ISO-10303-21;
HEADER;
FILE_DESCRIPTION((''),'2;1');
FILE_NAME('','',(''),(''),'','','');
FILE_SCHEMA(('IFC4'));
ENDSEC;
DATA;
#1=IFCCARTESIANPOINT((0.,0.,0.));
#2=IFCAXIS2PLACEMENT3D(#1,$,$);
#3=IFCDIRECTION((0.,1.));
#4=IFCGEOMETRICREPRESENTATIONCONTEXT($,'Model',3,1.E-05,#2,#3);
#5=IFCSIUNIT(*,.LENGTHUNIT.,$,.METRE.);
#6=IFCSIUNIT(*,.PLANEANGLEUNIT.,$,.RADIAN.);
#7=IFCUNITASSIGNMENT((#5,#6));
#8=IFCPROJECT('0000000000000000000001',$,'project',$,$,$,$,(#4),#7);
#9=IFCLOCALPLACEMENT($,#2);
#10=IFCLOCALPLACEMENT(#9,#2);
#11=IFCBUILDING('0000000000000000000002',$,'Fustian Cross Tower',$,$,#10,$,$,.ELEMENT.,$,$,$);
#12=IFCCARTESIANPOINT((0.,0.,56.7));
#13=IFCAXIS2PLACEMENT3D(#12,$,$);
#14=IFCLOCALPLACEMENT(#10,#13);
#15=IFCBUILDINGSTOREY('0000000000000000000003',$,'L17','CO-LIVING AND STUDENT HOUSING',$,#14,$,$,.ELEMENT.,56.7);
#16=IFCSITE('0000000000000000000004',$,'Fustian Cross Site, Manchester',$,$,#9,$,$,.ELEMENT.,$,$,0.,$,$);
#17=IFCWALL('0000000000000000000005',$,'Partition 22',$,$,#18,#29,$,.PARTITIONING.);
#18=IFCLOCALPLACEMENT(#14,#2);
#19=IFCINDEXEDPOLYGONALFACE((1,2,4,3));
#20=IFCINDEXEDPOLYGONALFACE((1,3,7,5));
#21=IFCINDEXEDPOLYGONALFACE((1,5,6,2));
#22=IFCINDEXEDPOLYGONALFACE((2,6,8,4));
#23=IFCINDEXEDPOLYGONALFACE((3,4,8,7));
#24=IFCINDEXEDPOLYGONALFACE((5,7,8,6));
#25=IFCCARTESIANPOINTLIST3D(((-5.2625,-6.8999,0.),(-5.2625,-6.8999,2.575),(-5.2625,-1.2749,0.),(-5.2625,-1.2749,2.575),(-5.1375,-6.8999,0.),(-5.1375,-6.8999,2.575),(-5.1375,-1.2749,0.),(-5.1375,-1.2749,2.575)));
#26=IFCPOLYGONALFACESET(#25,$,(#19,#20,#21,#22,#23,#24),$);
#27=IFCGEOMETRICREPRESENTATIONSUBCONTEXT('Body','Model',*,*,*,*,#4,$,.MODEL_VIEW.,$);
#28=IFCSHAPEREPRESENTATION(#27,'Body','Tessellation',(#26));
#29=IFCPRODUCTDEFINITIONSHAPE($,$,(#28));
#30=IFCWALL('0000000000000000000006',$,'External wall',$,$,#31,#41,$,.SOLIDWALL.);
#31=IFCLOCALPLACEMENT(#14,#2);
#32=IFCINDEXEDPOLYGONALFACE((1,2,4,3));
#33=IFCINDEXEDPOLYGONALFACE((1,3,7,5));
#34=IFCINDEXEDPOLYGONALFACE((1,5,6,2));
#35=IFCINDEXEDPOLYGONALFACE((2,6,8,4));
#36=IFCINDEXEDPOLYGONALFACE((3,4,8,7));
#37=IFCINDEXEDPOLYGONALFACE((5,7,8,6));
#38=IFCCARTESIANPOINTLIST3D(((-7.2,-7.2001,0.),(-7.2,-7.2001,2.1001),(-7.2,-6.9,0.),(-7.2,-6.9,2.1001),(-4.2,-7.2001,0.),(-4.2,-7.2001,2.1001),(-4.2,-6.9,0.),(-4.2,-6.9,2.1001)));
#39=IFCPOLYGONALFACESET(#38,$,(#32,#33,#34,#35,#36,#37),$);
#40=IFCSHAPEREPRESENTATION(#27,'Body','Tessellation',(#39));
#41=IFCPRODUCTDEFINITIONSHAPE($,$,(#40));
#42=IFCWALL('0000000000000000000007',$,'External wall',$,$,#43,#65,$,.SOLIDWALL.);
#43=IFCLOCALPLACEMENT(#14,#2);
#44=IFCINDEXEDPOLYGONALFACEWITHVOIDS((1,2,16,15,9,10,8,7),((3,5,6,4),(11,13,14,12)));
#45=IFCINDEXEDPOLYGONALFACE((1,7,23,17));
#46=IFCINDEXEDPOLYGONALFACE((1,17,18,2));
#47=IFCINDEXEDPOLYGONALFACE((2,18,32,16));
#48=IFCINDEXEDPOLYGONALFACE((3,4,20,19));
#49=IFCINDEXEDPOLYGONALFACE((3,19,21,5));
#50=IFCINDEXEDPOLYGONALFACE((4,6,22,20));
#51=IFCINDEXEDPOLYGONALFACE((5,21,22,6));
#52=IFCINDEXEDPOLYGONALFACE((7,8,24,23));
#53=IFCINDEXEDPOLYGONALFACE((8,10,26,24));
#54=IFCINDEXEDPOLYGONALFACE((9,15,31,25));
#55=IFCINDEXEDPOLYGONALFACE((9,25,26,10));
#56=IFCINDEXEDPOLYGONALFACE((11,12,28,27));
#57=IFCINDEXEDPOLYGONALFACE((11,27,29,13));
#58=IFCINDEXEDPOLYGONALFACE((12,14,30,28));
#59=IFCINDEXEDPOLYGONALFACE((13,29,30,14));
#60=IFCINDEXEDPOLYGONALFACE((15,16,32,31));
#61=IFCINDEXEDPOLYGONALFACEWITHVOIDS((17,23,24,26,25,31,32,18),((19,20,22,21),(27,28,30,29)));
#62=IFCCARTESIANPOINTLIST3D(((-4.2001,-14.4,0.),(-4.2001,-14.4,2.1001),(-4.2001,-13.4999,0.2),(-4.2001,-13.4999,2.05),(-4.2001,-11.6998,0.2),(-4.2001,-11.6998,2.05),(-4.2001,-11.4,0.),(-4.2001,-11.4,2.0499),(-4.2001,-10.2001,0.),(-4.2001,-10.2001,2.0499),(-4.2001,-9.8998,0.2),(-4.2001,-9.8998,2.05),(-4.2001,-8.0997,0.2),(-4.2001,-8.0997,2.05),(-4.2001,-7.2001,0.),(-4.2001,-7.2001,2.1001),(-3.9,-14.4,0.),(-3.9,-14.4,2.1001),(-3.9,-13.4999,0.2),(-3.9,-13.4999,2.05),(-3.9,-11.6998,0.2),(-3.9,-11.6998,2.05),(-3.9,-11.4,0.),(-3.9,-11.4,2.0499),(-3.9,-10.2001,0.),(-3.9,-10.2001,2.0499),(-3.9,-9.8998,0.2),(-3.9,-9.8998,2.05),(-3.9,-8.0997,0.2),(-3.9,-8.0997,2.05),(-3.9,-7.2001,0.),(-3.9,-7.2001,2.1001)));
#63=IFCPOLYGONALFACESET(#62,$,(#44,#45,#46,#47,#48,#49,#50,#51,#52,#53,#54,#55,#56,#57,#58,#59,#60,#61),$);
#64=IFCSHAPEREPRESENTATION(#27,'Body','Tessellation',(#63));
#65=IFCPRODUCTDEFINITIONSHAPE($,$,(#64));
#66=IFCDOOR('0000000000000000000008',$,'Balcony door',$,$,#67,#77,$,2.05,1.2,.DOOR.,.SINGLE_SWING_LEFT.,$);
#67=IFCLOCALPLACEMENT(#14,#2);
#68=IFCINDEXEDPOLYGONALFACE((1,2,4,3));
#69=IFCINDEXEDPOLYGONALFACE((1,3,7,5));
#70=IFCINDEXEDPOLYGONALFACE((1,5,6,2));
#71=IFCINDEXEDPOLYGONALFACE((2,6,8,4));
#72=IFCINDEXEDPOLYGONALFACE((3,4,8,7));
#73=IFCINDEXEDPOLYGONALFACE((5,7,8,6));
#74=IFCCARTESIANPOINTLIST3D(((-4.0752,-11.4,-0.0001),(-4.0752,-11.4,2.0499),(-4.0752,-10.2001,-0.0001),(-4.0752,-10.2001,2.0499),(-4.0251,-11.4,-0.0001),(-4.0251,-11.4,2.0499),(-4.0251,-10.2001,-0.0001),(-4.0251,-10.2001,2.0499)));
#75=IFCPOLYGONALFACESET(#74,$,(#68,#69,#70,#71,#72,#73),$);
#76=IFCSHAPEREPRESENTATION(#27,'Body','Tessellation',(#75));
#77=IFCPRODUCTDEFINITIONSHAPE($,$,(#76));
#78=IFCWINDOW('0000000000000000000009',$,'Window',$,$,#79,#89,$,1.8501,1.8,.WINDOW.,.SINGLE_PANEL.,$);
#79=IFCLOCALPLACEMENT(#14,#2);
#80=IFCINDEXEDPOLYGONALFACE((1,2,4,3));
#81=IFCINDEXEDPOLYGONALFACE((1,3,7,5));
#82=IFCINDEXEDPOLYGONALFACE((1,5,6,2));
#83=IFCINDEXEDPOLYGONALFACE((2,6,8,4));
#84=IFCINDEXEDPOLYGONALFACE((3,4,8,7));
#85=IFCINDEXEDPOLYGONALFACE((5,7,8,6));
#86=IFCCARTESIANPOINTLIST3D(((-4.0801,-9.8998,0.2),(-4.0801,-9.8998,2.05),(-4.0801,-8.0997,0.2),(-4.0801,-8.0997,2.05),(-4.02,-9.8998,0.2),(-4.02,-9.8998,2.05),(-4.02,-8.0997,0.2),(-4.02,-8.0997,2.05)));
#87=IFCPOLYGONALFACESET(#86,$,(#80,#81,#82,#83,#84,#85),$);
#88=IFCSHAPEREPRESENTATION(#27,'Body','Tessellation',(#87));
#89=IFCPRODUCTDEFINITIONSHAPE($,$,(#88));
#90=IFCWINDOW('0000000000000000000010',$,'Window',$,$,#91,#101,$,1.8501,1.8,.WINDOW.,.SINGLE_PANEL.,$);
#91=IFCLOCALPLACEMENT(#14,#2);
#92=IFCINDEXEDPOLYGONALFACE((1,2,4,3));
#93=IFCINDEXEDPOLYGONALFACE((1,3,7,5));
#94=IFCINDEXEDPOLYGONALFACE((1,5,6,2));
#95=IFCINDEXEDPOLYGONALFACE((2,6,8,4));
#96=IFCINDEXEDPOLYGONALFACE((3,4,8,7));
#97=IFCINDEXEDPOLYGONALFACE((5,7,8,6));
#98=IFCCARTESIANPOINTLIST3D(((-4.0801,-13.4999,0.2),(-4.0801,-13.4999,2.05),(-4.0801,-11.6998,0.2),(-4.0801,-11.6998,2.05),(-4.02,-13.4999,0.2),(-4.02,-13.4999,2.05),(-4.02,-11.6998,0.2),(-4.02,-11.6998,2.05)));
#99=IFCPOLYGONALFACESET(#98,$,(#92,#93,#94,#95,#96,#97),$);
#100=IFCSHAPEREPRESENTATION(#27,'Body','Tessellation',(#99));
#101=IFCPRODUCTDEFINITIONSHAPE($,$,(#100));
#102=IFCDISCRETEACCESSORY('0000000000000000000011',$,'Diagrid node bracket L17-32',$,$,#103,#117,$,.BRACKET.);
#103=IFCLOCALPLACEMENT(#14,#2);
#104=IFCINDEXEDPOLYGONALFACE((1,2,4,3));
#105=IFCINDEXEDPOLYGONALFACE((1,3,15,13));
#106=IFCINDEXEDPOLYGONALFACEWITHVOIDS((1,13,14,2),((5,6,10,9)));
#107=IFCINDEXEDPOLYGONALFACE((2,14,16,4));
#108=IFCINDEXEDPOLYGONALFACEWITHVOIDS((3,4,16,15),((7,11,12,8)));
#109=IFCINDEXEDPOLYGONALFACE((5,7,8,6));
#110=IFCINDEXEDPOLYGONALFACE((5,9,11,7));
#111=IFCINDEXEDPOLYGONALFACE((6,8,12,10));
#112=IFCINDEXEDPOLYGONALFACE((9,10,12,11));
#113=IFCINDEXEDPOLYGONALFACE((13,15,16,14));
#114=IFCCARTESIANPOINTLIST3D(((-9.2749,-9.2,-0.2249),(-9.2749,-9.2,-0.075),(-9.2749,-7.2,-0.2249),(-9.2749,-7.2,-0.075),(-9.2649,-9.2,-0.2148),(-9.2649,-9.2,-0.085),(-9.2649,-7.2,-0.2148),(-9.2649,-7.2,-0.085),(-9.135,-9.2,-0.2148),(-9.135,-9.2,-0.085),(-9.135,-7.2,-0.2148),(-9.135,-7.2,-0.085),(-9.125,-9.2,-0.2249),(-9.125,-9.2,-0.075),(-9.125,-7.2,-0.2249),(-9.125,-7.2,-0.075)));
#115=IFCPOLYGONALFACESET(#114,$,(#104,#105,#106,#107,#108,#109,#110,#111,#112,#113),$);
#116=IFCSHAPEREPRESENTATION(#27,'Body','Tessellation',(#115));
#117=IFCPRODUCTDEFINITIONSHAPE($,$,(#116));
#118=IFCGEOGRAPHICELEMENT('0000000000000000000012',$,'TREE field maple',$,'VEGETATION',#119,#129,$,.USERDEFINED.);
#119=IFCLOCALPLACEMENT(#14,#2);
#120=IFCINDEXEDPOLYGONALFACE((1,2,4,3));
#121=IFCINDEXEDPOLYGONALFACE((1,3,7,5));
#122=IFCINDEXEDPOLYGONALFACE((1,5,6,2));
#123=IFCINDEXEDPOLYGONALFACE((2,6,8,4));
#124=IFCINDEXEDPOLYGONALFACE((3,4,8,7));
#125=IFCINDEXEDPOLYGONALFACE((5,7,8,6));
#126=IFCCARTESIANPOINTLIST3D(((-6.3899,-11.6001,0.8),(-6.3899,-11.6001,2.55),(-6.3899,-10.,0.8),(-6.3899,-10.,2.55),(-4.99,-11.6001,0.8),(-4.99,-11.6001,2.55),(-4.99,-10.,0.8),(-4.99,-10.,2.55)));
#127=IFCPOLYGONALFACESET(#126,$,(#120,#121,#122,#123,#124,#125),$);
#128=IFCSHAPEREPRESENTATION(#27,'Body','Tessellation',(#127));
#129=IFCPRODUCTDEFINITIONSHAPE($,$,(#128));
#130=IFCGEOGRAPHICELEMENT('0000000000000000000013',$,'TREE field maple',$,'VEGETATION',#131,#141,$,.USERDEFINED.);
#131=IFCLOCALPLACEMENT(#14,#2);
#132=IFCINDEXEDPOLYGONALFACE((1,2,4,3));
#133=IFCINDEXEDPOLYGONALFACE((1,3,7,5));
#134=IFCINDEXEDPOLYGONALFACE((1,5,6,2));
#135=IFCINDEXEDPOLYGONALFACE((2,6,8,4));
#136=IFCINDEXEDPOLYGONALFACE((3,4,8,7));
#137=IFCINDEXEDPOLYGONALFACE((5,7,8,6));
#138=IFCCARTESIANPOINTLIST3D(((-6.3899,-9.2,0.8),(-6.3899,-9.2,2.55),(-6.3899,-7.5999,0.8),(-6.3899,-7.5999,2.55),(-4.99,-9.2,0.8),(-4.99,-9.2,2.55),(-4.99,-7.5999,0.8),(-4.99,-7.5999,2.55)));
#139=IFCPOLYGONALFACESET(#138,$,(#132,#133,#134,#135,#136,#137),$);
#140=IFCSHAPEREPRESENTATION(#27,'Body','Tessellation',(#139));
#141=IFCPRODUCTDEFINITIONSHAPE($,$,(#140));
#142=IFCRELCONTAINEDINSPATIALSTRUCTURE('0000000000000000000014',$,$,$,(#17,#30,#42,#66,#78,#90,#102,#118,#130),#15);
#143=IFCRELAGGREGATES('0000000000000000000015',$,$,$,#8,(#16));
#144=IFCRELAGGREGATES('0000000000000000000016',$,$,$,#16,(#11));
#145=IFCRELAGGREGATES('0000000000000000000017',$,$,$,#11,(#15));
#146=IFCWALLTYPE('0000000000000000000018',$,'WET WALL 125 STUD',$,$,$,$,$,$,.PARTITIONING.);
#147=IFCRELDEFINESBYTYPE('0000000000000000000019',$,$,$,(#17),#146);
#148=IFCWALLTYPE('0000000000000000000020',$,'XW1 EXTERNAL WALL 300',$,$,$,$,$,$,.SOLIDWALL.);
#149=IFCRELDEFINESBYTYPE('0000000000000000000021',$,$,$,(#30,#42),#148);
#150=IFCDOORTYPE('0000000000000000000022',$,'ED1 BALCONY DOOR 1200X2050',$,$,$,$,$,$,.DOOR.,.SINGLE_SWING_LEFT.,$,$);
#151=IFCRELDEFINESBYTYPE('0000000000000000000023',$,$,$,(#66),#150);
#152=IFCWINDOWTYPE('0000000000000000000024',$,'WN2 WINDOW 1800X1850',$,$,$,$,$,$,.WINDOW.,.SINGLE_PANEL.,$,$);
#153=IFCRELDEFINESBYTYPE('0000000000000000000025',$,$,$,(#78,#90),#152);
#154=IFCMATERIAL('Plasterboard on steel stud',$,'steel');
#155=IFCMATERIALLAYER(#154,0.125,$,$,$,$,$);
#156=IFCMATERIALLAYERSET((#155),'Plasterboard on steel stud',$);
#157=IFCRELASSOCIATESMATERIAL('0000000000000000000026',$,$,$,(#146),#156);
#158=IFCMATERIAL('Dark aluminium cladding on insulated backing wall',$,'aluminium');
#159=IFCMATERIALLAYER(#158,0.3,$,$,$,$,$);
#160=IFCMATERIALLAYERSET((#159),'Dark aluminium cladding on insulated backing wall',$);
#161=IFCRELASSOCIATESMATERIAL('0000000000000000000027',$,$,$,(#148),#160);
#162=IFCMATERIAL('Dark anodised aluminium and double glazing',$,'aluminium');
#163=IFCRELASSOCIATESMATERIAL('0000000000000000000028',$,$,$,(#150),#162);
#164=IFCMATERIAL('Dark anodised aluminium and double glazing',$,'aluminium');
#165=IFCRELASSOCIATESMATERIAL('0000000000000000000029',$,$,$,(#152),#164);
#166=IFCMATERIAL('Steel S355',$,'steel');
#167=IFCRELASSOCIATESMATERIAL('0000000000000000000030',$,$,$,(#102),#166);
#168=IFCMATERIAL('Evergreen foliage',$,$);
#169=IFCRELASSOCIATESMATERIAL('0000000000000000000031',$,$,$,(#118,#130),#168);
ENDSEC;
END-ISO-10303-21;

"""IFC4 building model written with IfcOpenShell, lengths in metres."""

from ifc_helpers import new_model, si_unit, direction, frame, frame_2d, origin, origin_2d, place, context, subcontext, project, spatial, rectangle, hollow_rectangle, extrude, material, layer, layer_set, type_object, element, fill, save


model = new_model("IFC4")

# Units and contexts
model_context = context("Model", 3, precision=1e-05, world=origin(), true_north=direction((0.0, 1.0)))
body_context = subcontext(model_context, "Body", "Model", "MODEL_VIEW")
ifc_project = project(units=[si_unit("LENGTHUNIT", "METRE"), si_unit("PLANEANGLEUNIT", "RADIAN")], contexts=[model_context])

# Site, building, storey
site_placement = place(None, origin())
site = spatial("IfcSite", under=ifc_project, at=site_placement, Name="Fustian Cross Site, Manchester", CompositionType="ELEMENT", RefElevation=0.0)
building_placement = place(site_placement, origin())
building = spatial("IfcBuilding", under=site, at=building_placement, Name="Fustian Cross Tower", CompositionType="ELEMENT")
storey_placement = place(building_placement, frame((0.0, 0.0, 56.7)))
storey = spatial("IfcBuildingStorey", under=building, at=storey_placement, Name="L17", Description="CO-LIVING AND STUDENT HOUSING", CompositionType="ELEMENT", Elevation=56.7)

# Walls
ifc_material_1 = material(Name="Plasterboard on steel stud", Category="steel")
ifc_layer_1 = layer(ifc_material_1, 0.125)
ifc_layer_set_1 = layer_set([ifc_layer_1], Name="Plasterboard on steel stud")
wall_type_1 = type_object("IfcWallType", Name="WET WALL 125 STUD", PredefinedType="PARTITIONING", material=ifc_layer_set_1)
wall_1_placement = place(storey_placement, frame((-5.2, -6.8999, 0.0), z_axis=(0.0, 0.0, 1.0), x_axis=(0.0, 1.0, 0.0)))
element("IfcWall", 1, at=wall_1_placement, inside=storey, type_object=wall_type_1, Name="Partition 22", PredefinedType="PARTITIONING", context=body_context, shape_type="SweptSolid", body=[
    extrude(rectangle(XDim=5.625, YDim=0.125, at=frame_2d((2.8125, 0.0))), origin(), (0.0, 0.0, 1.0), 2.575),
])
ifc_material_2 = material(Name="Dark aluminium cladding on insulated backing wall", Category="aluminium")
ifc_layer_2 = layer(ifc_material_2, 0.3)
ifc_layer_set_2 = layer_set([ifc_layer_2], Name="Dark aluminium cladding on insulated backing wall")
wall_type_2 = type_object("IfcWallType", Name="XW1 EXTERNAL WALL 300", PredefinedType="SOLIDWALL", material=ifc_layer_set_2)
wall_2_placement = place(storey_placement, frame((-7.2, -7.05, 0.0), z_axis=(0.0, 0.0, 1.0), x_axis=(1.0, 0.0, 0.0)))
element("IfcWall", 2, at=wall_2_placement, inside=storey, type_object=wall_type_2, Name="External wall", PredefinedType="SOLIDWALL", context=body_context, shape_type="SweptSolid", body=[
    extrude(rectangle(XDim=3.0, YDim=0.3, at=frame_2d((1.5, 0.0))), origin(), (0.0, 0.0, 1.0), 2.1001),
])

# Wall, openings, door, windows
wall_3_placement = place(storey_placement, frame((-4.05, -7.2, 0.0), z_axis=(0.0, 0.0, 1.0), x_axis=(0.0, -1.0, 0.0)))
wall_3 = element("IfcWall", 3, at=wall_3_placement, inside=storey, type_object=wall_type_2, Name="External wall", PredefinedType="SOLIDWALL", context=body_context, shape_type="SweptSolid", body=[
    extrude(rectangle(XDim=7.2, YDim=0.3, at=frame_2d((3.6001, 0.0))), origin(), (0.0, 0.0, 1.0), 2.1001),
])
opening_1_placement = place(wall_3_placement, frame((3.0, 0.0, 0.0)))
opening_1 = element("IfcOpeningElement", 4, at=opening_1_placement, cuts=wall_3, PredefinedType="OPENING", context=body_context, shape_type="SweptSolid", body=[
    extrude(rectangle(XDim=1.2, YDim=2.05, at=frame_2d((0.6001, 1.0249))), frame((0.0, 0.1599, 0.0), z_axis=(0.0, -1.0, 0.0), x_axis=(1.0, 0.0, 0.0)), (0.0, 0.0, 1.0), 0.3201),
])
opening_2_placement = place(wall_3_placement, frame((0.8999, 0.0, 0.2)))
opening_2 = element("IfcOpeningElement", 5, at=opening_2_placement, cuts=wall_3, PredefinedType="OPENING", context=body_context, shape_type="SweptSolid", body=[
    extrude(rectangle(XDim=1.8, YDim=1.8501, at=frame_2d((0.8999, 0.925))), frame((0.0, 0.1599, 0.0), z_axis=(0.0, -1.0, 0.0), x_axis=(1.0, 0.0, 0.0)), (0.0, 0.0, 1.0), 0.3201),
])
opening_3_placement = place(wall_3_placement, frame((4.5, 0.0, 0.2)))
opening_3 = element("IfcOpeningElement", 6, at=opening_3_placement, cuts=wall_3, PredefinedType="OPENING", context=body_context, shape_type="SweptSolid", body=[
    extrude(rectangle(XDim=1.8, YDim=1.8501, at=frame_2d((0.8999, 0.925))), frame((0.0, 0.1599, 0.0), z_axis=(0.0, -1.0, 0.0), x_axis=(1.0, 0.0, 0.0)), (0.0, 0.0, 1.0), 0.3201),
])
ifc_material_3 = material(Name="Dark anodised aluminium and double glazing", Category="aluminium")
door_type_1 = type_object("IfcDoorType", Name="ED1 BALCONY DOOR 1200X2050", OperationType="SINGLE_SWING_LEFT", PredefinedType="DOOR", material=ifc_material_3)
door_1_placement = place(opening_1_placement, origin())
door_1 = element("IfcDoor", 7, at=door_1_placement, inside=storey, type_object=door_type_1, Name="Balcony door", OperationType="SINGLE_SWING_LEFT", OverallHeight=2.05, OverallWidth=1.2, PredefinedType="DOOR", context=body_context, shape_type="SweptSolid", body=[
    extrude(rectangle(XDim=1.2, YDim=2.05, at=frame_2d((0.6001, 1.0249))), frame((0.0, 0.0249, 0.0), z_axis=(0.0, -1.0, 0.0), x_axis=(1.0, 0.0, 0.0)), (0.0, 0.0, 1.0), 0.05),
])
fill(opening_1, door_1)
ifc_material_4 = material(Name="Dark anodised aluminium and double glazing", Category="aluminium")
window_type = type_object("IfcWindowType", Name="WN2 WINDOW 1800X1850", PartitioningType="SINGLE_PANEL", PredefinedType="WINDOW", material=ifc_material_4)
window_1_placement = place(opening_2_placement, origin())
window_1 = element("IfcWindow", 8, at=window_1_placement, inside=storey, type_object=window_type, Name="Window", OverallHeight=1.8501, OverallWidth=1.8, PartitioningType="SINGLE_PANEL", PredefinedType="WINDOW", context=body_context, shape_type="SweptSolid", body=[
    extrude(rectangle(XDim=1.8, YDim=1.8501, at=frame_2d((0.8999, 0.925))), frame((0.0, 0.03, 0.0), z_axis=(0.0, -1.0, 0.0), x_axis=(1.0, 0.0, 0.0)), (0.0, 0.0, 1.0), 0.0601),
])
fill(opening_2, window_1)
window_2_placement = place(opening_3_placement, origin())
window_2 = element("IfcWindow", 9, at=window_2_placement, inside=storey, type_object=window_type, Name="Window", OverallHeight=1.8501, OverallWidth=1.8, PartitioningType="SINGLE_PANEL", PredefinedType="WINDOW", context=body_context, shape_type="SweptSolid", body=[
    extrude(rectangle(XDim=1.8, YDim=1.8501, at=frame_2d((0.8999, 0.925))), frame((0.0, 0.03, 0.0), z_axis=(0.0, -1.0, 0.0), x_axis=(1.0, 0.0, 0.0)), (0.0, 0.0, 1.0), 0.0601),
])
fill(opening_3, window_2)

# Discrete accessory
ifc_material_5 = material(Name="Steel S355", Category="steel")
discrete_accessory_placement = place(storey_placement, frame((-9.2, -9.2, -0.1499), z_axis=(0.0, 1.0, 0.0), x_axis=(-1.0, 0.0, 0.0)))
element("IfcDiscreteAccessory", 10, at=discrete_accessory_placement, inside=storey, material=ifc_material_5, Name="Diagrid node bracket L17-32", PredefinedType="BRACKET", context=body_context, shape_type="SweptSolid", body=[
    extrude(hollow_rectangle(XDim=0.1499, YDim=0.1499, WallThickness=0.01, at=origin_2d()), origin(), (0.0, 0.0, 1.0), 2.0),
])

# Geographic elements
ifc_material_6 = material(Name="Evergreen foliage")
for number, where, z_axis, x_axis, name in (
    (11, (-5.6899, -10.8, 0.8), (0.0, 0.0, 1.0), (1.0, 0.0, 0.0), "TREE field maple"),
    (12, (-5.6899, -8.3999, 0.8), (0.0, 0.0, 1.0), (1.0, 0.0, 0.0), "TREE field maple"),
):
    element("IfcGeographicElement", number, at=place(storey_placement, frame(where, z_axis=z_axis, x_axis=x_axis)), inside=storey, material=ifc_material_6, Name=name, ObjectType="VEGETATION", PredefinedType="USERDEFINED", context=body_context, shape_type="SweptSolid", body=[
        extrude(rectangle(XDim=1.3999, YDim=1.6001, at=origin_2d()), origin(), (0.0, 0.0, 1.0), 1.75),
    ])

save(model, "model.ifc")
